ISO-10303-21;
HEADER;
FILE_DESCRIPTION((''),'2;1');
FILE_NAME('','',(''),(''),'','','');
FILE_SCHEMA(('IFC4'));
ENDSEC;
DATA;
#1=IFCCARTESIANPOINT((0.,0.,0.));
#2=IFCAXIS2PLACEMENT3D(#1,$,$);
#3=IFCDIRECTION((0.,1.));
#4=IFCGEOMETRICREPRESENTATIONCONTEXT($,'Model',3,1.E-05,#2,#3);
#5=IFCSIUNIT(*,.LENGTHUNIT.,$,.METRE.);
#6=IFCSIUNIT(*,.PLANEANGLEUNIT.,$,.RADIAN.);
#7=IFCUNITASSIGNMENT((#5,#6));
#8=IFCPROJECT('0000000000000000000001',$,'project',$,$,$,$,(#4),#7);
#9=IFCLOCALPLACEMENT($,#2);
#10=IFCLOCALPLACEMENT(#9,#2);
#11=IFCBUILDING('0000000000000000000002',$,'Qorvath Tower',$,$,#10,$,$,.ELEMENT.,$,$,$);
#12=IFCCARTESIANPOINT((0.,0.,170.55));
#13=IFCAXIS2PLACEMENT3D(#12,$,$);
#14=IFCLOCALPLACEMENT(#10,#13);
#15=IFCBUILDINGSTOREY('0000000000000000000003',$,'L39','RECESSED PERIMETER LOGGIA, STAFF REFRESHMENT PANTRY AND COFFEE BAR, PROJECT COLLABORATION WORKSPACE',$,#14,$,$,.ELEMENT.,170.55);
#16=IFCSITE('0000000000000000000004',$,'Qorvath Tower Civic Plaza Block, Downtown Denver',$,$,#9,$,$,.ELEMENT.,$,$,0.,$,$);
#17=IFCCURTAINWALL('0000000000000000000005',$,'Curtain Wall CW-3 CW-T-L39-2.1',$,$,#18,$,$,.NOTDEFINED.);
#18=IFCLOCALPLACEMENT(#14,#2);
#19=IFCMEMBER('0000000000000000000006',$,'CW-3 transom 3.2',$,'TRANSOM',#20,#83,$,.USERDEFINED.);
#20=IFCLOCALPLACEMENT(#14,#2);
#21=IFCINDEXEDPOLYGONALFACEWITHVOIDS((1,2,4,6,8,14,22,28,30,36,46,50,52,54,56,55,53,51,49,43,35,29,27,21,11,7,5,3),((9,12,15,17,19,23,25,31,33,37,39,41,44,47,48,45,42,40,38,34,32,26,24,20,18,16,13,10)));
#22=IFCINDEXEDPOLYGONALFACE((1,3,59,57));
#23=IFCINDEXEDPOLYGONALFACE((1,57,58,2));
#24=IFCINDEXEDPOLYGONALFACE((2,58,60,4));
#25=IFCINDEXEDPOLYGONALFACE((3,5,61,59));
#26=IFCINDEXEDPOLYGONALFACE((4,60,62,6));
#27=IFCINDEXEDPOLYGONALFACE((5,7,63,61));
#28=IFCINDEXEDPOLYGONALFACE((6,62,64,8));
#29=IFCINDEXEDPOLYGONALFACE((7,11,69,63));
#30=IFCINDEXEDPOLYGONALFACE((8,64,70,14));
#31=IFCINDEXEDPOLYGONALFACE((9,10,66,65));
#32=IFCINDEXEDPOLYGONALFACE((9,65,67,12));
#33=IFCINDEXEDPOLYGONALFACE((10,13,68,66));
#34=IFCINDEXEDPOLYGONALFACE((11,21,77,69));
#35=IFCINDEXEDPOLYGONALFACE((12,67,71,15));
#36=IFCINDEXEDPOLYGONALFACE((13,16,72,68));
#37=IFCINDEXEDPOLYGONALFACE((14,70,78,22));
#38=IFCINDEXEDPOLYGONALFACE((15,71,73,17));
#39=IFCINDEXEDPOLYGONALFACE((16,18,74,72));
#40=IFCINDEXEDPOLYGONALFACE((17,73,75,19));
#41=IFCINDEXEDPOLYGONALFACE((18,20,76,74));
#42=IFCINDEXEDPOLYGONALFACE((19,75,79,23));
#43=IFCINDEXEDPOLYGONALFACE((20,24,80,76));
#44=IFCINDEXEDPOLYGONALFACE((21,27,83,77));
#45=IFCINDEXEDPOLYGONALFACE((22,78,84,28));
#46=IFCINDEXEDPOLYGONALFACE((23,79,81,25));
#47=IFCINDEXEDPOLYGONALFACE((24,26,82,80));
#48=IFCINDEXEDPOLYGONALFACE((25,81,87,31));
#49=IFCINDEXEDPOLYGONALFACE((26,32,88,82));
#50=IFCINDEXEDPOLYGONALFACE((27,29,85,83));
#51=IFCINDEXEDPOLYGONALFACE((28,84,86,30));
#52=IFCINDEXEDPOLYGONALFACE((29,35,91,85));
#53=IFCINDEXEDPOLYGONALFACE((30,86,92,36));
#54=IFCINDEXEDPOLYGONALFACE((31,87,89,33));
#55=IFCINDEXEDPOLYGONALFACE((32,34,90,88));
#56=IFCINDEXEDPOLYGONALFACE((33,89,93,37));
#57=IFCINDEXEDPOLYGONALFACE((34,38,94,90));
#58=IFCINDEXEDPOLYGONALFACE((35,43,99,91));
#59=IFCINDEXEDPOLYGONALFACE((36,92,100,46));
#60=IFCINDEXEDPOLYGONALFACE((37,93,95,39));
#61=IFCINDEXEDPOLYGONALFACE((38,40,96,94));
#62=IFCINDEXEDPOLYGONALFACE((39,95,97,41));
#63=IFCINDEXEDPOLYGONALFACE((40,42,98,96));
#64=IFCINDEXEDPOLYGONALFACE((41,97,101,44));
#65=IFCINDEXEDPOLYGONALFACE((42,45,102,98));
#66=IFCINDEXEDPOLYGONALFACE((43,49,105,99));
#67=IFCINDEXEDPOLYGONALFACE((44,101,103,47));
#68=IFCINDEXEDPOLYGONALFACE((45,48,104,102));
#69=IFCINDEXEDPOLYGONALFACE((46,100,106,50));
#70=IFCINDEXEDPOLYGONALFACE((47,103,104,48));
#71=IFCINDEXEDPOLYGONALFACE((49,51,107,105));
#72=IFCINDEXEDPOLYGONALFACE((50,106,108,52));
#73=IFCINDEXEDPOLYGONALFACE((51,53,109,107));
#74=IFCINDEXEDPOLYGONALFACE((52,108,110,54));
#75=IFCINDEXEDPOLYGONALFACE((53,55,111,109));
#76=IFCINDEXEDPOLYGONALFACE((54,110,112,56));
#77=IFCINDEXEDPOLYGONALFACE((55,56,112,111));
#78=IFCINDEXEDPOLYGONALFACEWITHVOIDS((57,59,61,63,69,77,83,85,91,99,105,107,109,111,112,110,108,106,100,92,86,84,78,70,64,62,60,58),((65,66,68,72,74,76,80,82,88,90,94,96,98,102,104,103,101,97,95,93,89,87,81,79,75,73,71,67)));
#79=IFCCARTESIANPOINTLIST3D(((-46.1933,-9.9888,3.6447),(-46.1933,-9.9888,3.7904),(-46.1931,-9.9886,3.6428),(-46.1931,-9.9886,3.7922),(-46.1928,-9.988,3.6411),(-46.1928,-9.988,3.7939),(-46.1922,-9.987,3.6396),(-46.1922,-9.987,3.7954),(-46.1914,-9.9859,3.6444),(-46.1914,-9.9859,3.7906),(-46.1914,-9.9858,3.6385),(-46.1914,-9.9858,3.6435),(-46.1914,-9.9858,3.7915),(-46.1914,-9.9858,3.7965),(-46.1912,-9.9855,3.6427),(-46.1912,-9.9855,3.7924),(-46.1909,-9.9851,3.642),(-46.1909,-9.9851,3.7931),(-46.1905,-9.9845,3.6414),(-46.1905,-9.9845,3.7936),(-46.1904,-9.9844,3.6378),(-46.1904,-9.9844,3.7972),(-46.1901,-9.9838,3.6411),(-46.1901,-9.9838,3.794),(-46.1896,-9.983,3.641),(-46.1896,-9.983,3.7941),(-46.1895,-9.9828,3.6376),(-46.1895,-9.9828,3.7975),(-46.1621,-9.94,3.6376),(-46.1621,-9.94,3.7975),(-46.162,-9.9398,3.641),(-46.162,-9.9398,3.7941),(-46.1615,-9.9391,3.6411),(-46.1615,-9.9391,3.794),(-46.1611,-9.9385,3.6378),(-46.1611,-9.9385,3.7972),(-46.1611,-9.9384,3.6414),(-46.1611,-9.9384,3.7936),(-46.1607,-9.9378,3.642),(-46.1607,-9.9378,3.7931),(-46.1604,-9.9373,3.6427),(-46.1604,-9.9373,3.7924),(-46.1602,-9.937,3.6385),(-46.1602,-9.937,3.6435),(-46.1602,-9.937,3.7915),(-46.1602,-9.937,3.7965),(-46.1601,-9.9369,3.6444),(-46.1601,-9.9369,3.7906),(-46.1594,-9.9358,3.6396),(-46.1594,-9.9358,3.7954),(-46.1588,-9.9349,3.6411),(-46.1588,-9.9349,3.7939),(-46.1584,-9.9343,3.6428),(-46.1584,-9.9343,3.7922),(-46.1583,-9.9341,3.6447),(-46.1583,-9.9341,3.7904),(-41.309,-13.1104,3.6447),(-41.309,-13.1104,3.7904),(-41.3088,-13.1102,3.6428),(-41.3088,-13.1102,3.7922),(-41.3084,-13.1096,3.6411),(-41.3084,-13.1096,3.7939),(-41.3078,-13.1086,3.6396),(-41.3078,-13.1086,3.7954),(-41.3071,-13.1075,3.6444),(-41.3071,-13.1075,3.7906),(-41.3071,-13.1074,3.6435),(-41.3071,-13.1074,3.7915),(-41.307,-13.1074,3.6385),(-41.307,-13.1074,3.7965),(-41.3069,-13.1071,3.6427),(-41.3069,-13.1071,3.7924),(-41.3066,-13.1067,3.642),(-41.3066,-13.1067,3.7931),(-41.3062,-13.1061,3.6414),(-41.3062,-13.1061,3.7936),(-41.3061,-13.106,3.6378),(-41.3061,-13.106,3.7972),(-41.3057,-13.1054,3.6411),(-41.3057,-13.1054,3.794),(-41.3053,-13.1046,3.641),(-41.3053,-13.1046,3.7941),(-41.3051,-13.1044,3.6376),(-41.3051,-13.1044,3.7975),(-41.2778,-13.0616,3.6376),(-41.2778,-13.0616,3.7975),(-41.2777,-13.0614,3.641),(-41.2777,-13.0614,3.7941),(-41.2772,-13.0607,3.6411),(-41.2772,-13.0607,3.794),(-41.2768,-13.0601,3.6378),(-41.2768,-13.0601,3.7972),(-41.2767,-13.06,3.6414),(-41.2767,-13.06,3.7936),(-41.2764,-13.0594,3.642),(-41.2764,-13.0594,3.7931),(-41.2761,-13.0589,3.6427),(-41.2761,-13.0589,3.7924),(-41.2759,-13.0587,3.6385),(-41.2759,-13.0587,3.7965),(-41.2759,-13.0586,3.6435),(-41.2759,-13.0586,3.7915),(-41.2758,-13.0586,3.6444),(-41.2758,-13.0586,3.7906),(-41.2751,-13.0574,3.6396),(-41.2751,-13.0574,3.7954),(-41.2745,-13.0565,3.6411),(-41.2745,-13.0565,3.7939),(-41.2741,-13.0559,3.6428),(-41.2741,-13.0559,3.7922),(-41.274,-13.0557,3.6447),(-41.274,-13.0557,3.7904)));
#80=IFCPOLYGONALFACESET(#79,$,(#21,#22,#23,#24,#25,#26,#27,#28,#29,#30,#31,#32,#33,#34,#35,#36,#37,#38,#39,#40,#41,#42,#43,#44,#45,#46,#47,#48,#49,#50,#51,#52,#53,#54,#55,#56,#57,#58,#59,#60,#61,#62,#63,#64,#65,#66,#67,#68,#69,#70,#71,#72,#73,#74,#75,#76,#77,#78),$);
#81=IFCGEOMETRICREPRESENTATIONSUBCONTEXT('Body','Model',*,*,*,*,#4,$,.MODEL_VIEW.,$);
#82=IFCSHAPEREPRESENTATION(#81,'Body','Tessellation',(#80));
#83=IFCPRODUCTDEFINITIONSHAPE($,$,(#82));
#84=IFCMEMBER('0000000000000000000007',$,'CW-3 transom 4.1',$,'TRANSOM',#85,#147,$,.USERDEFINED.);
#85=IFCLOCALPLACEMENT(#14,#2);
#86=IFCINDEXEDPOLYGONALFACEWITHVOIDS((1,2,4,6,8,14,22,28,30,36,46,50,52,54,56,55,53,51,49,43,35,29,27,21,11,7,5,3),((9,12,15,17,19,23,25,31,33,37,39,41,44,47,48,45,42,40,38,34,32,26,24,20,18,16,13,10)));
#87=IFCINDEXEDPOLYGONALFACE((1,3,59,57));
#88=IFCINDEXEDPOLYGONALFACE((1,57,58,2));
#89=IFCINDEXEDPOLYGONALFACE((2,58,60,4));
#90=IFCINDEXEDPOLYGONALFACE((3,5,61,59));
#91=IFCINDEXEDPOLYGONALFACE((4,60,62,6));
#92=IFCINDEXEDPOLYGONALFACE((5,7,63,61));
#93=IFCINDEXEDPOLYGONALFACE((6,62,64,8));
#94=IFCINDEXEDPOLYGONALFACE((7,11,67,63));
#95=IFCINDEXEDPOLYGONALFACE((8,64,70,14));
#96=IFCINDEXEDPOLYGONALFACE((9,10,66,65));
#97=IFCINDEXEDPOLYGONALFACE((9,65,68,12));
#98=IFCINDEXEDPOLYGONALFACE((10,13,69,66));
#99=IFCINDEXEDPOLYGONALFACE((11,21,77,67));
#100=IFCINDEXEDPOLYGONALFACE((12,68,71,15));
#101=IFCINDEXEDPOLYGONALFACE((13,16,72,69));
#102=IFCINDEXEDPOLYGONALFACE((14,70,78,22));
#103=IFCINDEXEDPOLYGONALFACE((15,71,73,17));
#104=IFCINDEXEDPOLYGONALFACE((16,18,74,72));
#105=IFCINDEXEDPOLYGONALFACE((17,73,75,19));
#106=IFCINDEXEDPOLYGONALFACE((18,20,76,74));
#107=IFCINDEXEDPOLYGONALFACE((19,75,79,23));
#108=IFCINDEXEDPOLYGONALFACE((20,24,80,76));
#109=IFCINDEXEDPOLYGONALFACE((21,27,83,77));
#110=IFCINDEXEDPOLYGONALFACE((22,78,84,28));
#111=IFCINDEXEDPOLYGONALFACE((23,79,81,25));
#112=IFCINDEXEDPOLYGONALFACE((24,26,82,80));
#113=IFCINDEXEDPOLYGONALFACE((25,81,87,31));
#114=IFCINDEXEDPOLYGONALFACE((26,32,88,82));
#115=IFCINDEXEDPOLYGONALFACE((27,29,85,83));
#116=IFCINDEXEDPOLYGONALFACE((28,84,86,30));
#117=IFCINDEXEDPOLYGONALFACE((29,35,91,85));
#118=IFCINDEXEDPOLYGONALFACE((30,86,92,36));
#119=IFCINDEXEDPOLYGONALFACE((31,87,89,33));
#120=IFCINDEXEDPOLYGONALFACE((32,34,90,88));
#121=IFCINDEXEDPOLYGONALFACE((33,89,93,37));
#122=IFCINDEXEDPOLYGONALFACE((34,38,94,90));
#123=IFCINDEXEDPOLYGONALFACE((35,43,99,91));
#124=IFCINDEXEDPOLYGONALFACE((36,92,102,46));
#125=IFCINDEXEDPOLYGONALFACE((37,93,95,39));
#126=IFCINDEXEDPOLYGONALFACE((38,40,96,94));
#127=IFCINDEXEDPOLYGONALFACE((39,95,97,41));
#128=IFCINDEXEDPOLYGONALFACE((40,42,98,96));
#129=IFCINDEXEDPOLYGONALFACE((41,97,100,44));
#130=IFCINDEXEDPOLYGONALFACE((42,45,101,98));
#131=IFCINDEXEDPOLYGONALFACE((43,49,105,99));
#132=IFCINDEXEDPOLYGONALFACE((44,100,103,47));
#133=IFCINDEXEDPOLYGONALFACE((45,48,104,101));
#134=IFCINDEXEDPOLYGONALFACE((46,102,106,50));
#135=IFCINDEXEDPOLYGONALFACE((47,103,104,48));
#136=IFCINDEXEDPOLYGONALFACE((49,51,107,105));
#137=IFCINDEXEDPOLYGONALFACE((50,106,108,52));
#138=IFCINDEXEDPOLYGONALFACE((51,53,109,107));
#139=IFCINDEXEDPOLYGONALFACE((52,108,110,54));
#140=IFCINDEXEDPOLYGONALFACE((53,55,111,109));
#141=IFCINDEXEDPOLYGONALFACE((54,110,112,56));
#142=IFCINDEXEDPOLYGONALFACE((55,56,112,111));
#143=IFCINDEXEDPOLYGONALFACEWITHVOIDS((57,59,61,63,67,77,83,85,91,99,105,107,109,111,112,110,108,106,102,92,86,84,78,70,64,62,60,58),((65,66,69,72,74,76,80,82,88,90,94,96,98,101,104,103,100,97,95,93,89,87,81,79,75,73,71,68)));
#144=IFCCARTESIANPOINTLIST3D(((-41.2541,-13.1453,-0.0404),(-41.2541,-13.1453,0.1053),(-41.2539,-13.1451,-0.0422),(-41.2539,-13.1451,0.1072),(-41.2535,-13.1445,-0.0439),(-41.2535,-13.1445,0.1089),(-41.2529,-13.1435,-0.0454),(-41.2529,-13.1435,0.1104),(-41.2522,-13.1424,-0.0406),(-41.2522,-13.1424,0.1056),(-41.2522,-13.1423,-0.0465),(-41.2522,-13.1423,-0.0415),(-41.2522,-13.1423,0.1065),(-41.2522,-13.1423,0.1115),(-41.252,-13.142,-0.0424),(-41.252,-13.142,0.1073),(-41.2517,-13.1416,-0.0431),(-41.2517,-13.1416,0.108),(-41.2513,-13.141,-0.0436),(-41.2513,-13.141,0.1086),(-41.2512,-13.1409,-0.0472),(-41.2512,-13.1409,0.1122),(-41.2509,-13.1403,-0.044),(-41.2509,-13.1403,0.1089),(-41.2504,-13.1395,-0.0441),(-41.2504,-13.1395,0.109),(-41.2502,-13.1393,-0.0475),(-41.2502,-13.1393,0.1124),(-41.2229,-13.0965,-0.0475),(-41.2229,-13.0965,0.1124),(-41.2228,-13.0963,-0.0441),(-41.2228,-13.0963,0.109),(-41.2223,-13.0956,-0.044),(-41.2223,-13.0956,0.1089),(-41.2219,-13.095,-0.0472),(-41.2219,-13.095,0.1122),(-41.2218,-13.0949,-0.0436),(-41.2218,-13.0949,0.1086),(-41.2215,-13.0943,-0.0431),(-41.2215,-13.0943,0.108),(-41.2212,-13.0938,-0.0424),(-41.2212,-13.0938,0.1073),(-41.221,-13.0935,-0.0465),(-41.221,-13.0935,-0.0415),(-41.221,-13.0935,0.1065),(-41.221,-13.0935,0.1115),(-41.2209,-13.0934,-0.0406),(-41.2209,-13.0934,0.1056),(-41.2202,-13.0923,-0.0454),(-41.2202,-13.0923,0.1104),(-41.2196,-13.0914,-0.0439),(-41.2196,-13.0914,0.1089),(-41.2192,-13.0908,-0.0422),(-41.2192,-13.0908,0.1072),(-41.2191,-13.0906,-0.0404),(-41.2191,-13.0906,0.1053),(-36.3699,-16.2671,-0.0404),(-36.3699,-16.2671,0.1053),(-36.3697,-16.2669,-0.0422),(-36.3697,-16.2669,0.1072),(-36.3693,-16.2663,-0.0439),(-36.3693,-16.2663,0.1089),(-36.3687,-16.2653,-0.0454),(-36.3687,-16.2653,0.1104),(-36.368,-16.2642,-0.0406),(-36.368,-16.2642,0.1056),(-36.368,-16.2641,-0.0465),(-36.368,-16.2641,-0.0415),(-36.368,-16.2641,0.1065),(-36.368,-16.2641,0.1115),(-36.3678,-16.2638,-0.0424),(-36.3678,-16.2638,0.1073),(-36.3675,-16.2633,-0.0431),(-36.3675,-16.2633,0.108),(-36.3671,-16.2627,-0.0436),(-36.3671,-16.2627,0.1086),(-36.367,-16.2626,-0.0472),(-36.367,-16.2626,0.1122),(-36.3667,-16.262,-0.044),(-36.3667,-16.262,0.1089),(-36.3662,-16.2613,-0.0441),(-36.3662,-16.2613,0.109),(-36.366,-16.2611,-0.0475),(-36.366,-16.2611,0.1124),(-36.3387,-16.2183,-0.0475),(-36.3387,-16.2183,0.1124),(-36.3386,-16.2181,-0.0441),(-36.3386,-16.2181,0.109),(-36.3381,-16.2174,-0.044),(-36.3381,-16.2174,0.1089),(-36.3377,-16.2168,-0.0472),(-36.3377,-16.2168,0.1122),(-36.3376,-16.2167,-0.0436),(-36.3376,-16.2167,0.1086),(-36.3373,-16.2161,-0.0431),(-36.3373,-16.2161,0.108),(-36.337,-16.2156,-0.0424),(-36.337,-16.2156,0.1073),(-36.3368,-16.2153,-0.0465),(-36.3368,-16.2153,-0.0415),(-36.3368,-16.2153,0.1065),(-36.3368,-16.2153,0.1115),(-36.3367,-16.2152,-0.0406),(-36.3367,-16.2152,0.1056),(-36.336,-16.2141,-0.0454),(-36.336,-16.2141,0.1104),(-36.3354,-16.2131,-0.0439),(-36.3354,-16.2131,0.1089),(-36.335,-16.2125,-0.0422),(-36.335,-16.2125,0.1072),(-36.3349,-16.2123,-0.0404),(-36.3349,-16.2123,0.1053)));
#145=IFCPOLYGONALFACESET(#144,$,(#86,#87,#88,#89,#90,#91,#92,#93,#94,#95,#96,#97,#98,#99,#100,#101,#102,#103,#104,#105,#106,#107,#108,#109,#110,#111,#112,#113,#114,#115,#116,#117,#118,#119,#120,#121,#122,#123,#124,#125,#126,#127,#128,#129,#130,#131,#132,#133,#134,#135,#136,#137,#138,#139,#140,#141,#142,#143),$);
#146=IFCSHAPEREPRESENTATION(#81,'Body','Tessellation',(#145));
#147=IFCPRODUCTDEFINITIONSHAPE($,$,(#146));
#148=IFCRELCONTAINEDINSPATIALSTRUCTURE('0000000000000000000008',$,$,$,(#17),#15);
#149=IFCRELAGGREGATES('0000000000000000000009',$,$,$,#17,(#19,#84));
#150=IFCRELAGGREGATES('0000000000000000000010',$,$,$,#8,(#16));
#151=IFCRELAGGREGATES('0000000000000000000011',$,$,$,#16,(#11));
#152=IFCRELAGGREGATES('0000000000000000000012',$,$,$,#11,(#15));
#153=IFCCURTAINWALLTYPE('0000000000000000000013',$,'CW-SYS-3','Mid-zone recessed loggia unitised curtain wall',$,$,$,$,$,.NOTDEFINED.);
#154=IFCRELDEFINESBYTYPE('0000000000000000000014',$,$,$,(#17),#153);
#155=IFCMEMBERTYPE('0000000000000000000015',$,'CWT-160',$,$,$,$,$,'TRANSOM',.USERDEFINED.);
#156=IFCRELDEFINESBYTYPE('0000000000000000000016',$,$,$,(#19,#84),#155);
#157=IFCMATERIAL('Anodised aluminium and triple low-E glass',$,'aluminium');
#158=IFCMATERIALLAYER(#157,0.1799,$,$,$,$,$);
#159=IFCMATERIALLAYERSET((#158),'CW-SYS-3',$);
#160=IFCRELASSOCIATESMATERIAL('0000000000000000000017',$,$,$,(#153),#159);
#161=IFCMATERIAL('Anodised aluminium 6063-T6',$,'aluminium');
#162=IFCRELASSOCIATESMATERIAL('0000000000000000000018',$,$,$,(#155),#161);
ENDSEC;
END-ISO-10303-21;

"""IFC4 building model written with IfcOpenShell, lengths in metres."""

from ifc_helpers import new_model, si_unit, direction, frame, origin, origin_2d, place, context, subcontext, project, spatial, hollow_rectangle, extrude, material, layer, layer_set, material_profile, profile_set, type_object, element, aggregate, save


model = new_model("IFC4")

# Units and contexts
model_context = context("Model", 3, precision=1e-05, world=origin(), true_north=direction((0.0, 1.0)))
body_context = subcontext(model_context, "Body", "Model", "MODEL_VIEW")
ifc_project = project(units=[si_unit("LENGTHUNIT", "METRE"), si_unit("PLANEANGLEUNIT", "RADIAN")], contexts=[model_context])

# Site, building, storey
site_placement = place(None, origin())
site = spatial("IfcSite", under=ifc_project, at=site_placement, Name="Qorvath Tower Civic Plaza Block, Downtown Denver", CompositionType="ELEMENT", RefElevation=0.0)
building_placement = place(site_placement, origin())
building = spatial("IfcBuilding", under=site, at=building_placement, Name="Qorvath Tower", CompositionType="ELEMENT")
storey_placement = place(building_placement, frame((0.0, 0.0, 170.55)))
storey = spatial("IfcBuildingStorey", under=building, at=storey_placement, Name="L39", Description="RECESSED PERIMETER LOGGIA, STAFF REFRESHMENT PANTRY AND COFFEE BAR, PROJECT COLLABORATION WORKSPACE", CompositionType="ELEMENT", Elevation=170.55)

# Curtain wall, members
ifc_material_1 = material(Name="Anodised aluminium and triple low-E glass", Category="aluminium")
ifc_layer_1 = layer(ifc_material_1, 0.1799)
ifc_layer_set_1 = layer_set([ifc_layer_1], Name="CW-SYS-3")
curtain_wall_type = type_object("IfcCurtainWallType", Name="CW-SYS-3", Description="Mid-zone recessed loggia unitised curtain wall", PredefinedType="NOTDEFINED", material=ifc_layer_set_1)
curtain_wall_placement = place(storey_placement, origin())
curtain_wall = element("IfcCurtainWall", 1, at=curtain_wall_placement, inside=storey, type_object=curtain_wall_type, Name="Curtain Wall CW-3 CW-T-L39-2.1", PredefinedType="NOTDEFINED")
ifc_material_2 = material(Name="Anodised aluminium 6063-T6", Category="aluminium")
ifc_material_profile_1 = material_profile(ifc_material_2, hollow_rectangle(XDim=0.0649, YDim=0.1599, WallThickness=0.0034, InnerFilletRadius=0.0034, OuterFilletRadius=0.0071, at=origin_2d()), Name="CWT 160x65")
ifc_profile_set_1 = profile_set([ifc_material_profile_1], Name="Anodised aluminium 6063-T6")
member_type_1 = type_object("IfcMemberType", Name="CWT-160", ElementType="TRANSOM", PredefinedType="USERDEFINED", material=ifc_profile_set_1)
member_1_placement = place(storey_placement, frame((-46.1758, -9.9614, 3.7175), z_axis=(0.842612, -0.538521, 0.0), x_axis=(0.538521, 0.842612, 0.0)))
member_1 = element("IfcMember", 2, at=member_1_placement, type_object=member_type_1, Name="CW-3 transom 3.2", ObjectType="TRANSOM", PredefinedType="USERDEFINED", context=body_context, shape_type="SweptSolid", body=[
    extrude(hollow_rectangle(XDim=0.0649, YDim=0.1599, WallThickness=0.0034, InnerFilletRadius=0.0034, OuterFilletRadius=0.0071, at=origin_2d()), origin(), (0.0, 0.0, 1.0), 5.7966),
])
member_2_placement = place(storey_placement, frame((-41.2366, -13.1179, 0.0325), z_axis=(0.842593, -0.53855, 0.0), x_axis=(0.53855, 0.842593, 0.0)))
member_2 = element("IfcMember", 3, at=member_2_placement, type_object=member_type_1, Name="CW-3 transom 4.1", ObjectType="TRANSOM", PredefinedType="USERDEFINED", context=body_context, shape_type="SweptSolid", body=[
    extrude(hollow_rectangle(XDim=0.0649, YDim=0.1599, WallThickness=0.0034, InnerFilletRadius=0.0034, OuterFilletRadius=0.0071, at=origin_2d()), origin(), (0.0, 0.0, 1.0), 5.7966),
])
aggregate(curtain_wall, [member_1, member_2])

save(model, "model.ifc")
